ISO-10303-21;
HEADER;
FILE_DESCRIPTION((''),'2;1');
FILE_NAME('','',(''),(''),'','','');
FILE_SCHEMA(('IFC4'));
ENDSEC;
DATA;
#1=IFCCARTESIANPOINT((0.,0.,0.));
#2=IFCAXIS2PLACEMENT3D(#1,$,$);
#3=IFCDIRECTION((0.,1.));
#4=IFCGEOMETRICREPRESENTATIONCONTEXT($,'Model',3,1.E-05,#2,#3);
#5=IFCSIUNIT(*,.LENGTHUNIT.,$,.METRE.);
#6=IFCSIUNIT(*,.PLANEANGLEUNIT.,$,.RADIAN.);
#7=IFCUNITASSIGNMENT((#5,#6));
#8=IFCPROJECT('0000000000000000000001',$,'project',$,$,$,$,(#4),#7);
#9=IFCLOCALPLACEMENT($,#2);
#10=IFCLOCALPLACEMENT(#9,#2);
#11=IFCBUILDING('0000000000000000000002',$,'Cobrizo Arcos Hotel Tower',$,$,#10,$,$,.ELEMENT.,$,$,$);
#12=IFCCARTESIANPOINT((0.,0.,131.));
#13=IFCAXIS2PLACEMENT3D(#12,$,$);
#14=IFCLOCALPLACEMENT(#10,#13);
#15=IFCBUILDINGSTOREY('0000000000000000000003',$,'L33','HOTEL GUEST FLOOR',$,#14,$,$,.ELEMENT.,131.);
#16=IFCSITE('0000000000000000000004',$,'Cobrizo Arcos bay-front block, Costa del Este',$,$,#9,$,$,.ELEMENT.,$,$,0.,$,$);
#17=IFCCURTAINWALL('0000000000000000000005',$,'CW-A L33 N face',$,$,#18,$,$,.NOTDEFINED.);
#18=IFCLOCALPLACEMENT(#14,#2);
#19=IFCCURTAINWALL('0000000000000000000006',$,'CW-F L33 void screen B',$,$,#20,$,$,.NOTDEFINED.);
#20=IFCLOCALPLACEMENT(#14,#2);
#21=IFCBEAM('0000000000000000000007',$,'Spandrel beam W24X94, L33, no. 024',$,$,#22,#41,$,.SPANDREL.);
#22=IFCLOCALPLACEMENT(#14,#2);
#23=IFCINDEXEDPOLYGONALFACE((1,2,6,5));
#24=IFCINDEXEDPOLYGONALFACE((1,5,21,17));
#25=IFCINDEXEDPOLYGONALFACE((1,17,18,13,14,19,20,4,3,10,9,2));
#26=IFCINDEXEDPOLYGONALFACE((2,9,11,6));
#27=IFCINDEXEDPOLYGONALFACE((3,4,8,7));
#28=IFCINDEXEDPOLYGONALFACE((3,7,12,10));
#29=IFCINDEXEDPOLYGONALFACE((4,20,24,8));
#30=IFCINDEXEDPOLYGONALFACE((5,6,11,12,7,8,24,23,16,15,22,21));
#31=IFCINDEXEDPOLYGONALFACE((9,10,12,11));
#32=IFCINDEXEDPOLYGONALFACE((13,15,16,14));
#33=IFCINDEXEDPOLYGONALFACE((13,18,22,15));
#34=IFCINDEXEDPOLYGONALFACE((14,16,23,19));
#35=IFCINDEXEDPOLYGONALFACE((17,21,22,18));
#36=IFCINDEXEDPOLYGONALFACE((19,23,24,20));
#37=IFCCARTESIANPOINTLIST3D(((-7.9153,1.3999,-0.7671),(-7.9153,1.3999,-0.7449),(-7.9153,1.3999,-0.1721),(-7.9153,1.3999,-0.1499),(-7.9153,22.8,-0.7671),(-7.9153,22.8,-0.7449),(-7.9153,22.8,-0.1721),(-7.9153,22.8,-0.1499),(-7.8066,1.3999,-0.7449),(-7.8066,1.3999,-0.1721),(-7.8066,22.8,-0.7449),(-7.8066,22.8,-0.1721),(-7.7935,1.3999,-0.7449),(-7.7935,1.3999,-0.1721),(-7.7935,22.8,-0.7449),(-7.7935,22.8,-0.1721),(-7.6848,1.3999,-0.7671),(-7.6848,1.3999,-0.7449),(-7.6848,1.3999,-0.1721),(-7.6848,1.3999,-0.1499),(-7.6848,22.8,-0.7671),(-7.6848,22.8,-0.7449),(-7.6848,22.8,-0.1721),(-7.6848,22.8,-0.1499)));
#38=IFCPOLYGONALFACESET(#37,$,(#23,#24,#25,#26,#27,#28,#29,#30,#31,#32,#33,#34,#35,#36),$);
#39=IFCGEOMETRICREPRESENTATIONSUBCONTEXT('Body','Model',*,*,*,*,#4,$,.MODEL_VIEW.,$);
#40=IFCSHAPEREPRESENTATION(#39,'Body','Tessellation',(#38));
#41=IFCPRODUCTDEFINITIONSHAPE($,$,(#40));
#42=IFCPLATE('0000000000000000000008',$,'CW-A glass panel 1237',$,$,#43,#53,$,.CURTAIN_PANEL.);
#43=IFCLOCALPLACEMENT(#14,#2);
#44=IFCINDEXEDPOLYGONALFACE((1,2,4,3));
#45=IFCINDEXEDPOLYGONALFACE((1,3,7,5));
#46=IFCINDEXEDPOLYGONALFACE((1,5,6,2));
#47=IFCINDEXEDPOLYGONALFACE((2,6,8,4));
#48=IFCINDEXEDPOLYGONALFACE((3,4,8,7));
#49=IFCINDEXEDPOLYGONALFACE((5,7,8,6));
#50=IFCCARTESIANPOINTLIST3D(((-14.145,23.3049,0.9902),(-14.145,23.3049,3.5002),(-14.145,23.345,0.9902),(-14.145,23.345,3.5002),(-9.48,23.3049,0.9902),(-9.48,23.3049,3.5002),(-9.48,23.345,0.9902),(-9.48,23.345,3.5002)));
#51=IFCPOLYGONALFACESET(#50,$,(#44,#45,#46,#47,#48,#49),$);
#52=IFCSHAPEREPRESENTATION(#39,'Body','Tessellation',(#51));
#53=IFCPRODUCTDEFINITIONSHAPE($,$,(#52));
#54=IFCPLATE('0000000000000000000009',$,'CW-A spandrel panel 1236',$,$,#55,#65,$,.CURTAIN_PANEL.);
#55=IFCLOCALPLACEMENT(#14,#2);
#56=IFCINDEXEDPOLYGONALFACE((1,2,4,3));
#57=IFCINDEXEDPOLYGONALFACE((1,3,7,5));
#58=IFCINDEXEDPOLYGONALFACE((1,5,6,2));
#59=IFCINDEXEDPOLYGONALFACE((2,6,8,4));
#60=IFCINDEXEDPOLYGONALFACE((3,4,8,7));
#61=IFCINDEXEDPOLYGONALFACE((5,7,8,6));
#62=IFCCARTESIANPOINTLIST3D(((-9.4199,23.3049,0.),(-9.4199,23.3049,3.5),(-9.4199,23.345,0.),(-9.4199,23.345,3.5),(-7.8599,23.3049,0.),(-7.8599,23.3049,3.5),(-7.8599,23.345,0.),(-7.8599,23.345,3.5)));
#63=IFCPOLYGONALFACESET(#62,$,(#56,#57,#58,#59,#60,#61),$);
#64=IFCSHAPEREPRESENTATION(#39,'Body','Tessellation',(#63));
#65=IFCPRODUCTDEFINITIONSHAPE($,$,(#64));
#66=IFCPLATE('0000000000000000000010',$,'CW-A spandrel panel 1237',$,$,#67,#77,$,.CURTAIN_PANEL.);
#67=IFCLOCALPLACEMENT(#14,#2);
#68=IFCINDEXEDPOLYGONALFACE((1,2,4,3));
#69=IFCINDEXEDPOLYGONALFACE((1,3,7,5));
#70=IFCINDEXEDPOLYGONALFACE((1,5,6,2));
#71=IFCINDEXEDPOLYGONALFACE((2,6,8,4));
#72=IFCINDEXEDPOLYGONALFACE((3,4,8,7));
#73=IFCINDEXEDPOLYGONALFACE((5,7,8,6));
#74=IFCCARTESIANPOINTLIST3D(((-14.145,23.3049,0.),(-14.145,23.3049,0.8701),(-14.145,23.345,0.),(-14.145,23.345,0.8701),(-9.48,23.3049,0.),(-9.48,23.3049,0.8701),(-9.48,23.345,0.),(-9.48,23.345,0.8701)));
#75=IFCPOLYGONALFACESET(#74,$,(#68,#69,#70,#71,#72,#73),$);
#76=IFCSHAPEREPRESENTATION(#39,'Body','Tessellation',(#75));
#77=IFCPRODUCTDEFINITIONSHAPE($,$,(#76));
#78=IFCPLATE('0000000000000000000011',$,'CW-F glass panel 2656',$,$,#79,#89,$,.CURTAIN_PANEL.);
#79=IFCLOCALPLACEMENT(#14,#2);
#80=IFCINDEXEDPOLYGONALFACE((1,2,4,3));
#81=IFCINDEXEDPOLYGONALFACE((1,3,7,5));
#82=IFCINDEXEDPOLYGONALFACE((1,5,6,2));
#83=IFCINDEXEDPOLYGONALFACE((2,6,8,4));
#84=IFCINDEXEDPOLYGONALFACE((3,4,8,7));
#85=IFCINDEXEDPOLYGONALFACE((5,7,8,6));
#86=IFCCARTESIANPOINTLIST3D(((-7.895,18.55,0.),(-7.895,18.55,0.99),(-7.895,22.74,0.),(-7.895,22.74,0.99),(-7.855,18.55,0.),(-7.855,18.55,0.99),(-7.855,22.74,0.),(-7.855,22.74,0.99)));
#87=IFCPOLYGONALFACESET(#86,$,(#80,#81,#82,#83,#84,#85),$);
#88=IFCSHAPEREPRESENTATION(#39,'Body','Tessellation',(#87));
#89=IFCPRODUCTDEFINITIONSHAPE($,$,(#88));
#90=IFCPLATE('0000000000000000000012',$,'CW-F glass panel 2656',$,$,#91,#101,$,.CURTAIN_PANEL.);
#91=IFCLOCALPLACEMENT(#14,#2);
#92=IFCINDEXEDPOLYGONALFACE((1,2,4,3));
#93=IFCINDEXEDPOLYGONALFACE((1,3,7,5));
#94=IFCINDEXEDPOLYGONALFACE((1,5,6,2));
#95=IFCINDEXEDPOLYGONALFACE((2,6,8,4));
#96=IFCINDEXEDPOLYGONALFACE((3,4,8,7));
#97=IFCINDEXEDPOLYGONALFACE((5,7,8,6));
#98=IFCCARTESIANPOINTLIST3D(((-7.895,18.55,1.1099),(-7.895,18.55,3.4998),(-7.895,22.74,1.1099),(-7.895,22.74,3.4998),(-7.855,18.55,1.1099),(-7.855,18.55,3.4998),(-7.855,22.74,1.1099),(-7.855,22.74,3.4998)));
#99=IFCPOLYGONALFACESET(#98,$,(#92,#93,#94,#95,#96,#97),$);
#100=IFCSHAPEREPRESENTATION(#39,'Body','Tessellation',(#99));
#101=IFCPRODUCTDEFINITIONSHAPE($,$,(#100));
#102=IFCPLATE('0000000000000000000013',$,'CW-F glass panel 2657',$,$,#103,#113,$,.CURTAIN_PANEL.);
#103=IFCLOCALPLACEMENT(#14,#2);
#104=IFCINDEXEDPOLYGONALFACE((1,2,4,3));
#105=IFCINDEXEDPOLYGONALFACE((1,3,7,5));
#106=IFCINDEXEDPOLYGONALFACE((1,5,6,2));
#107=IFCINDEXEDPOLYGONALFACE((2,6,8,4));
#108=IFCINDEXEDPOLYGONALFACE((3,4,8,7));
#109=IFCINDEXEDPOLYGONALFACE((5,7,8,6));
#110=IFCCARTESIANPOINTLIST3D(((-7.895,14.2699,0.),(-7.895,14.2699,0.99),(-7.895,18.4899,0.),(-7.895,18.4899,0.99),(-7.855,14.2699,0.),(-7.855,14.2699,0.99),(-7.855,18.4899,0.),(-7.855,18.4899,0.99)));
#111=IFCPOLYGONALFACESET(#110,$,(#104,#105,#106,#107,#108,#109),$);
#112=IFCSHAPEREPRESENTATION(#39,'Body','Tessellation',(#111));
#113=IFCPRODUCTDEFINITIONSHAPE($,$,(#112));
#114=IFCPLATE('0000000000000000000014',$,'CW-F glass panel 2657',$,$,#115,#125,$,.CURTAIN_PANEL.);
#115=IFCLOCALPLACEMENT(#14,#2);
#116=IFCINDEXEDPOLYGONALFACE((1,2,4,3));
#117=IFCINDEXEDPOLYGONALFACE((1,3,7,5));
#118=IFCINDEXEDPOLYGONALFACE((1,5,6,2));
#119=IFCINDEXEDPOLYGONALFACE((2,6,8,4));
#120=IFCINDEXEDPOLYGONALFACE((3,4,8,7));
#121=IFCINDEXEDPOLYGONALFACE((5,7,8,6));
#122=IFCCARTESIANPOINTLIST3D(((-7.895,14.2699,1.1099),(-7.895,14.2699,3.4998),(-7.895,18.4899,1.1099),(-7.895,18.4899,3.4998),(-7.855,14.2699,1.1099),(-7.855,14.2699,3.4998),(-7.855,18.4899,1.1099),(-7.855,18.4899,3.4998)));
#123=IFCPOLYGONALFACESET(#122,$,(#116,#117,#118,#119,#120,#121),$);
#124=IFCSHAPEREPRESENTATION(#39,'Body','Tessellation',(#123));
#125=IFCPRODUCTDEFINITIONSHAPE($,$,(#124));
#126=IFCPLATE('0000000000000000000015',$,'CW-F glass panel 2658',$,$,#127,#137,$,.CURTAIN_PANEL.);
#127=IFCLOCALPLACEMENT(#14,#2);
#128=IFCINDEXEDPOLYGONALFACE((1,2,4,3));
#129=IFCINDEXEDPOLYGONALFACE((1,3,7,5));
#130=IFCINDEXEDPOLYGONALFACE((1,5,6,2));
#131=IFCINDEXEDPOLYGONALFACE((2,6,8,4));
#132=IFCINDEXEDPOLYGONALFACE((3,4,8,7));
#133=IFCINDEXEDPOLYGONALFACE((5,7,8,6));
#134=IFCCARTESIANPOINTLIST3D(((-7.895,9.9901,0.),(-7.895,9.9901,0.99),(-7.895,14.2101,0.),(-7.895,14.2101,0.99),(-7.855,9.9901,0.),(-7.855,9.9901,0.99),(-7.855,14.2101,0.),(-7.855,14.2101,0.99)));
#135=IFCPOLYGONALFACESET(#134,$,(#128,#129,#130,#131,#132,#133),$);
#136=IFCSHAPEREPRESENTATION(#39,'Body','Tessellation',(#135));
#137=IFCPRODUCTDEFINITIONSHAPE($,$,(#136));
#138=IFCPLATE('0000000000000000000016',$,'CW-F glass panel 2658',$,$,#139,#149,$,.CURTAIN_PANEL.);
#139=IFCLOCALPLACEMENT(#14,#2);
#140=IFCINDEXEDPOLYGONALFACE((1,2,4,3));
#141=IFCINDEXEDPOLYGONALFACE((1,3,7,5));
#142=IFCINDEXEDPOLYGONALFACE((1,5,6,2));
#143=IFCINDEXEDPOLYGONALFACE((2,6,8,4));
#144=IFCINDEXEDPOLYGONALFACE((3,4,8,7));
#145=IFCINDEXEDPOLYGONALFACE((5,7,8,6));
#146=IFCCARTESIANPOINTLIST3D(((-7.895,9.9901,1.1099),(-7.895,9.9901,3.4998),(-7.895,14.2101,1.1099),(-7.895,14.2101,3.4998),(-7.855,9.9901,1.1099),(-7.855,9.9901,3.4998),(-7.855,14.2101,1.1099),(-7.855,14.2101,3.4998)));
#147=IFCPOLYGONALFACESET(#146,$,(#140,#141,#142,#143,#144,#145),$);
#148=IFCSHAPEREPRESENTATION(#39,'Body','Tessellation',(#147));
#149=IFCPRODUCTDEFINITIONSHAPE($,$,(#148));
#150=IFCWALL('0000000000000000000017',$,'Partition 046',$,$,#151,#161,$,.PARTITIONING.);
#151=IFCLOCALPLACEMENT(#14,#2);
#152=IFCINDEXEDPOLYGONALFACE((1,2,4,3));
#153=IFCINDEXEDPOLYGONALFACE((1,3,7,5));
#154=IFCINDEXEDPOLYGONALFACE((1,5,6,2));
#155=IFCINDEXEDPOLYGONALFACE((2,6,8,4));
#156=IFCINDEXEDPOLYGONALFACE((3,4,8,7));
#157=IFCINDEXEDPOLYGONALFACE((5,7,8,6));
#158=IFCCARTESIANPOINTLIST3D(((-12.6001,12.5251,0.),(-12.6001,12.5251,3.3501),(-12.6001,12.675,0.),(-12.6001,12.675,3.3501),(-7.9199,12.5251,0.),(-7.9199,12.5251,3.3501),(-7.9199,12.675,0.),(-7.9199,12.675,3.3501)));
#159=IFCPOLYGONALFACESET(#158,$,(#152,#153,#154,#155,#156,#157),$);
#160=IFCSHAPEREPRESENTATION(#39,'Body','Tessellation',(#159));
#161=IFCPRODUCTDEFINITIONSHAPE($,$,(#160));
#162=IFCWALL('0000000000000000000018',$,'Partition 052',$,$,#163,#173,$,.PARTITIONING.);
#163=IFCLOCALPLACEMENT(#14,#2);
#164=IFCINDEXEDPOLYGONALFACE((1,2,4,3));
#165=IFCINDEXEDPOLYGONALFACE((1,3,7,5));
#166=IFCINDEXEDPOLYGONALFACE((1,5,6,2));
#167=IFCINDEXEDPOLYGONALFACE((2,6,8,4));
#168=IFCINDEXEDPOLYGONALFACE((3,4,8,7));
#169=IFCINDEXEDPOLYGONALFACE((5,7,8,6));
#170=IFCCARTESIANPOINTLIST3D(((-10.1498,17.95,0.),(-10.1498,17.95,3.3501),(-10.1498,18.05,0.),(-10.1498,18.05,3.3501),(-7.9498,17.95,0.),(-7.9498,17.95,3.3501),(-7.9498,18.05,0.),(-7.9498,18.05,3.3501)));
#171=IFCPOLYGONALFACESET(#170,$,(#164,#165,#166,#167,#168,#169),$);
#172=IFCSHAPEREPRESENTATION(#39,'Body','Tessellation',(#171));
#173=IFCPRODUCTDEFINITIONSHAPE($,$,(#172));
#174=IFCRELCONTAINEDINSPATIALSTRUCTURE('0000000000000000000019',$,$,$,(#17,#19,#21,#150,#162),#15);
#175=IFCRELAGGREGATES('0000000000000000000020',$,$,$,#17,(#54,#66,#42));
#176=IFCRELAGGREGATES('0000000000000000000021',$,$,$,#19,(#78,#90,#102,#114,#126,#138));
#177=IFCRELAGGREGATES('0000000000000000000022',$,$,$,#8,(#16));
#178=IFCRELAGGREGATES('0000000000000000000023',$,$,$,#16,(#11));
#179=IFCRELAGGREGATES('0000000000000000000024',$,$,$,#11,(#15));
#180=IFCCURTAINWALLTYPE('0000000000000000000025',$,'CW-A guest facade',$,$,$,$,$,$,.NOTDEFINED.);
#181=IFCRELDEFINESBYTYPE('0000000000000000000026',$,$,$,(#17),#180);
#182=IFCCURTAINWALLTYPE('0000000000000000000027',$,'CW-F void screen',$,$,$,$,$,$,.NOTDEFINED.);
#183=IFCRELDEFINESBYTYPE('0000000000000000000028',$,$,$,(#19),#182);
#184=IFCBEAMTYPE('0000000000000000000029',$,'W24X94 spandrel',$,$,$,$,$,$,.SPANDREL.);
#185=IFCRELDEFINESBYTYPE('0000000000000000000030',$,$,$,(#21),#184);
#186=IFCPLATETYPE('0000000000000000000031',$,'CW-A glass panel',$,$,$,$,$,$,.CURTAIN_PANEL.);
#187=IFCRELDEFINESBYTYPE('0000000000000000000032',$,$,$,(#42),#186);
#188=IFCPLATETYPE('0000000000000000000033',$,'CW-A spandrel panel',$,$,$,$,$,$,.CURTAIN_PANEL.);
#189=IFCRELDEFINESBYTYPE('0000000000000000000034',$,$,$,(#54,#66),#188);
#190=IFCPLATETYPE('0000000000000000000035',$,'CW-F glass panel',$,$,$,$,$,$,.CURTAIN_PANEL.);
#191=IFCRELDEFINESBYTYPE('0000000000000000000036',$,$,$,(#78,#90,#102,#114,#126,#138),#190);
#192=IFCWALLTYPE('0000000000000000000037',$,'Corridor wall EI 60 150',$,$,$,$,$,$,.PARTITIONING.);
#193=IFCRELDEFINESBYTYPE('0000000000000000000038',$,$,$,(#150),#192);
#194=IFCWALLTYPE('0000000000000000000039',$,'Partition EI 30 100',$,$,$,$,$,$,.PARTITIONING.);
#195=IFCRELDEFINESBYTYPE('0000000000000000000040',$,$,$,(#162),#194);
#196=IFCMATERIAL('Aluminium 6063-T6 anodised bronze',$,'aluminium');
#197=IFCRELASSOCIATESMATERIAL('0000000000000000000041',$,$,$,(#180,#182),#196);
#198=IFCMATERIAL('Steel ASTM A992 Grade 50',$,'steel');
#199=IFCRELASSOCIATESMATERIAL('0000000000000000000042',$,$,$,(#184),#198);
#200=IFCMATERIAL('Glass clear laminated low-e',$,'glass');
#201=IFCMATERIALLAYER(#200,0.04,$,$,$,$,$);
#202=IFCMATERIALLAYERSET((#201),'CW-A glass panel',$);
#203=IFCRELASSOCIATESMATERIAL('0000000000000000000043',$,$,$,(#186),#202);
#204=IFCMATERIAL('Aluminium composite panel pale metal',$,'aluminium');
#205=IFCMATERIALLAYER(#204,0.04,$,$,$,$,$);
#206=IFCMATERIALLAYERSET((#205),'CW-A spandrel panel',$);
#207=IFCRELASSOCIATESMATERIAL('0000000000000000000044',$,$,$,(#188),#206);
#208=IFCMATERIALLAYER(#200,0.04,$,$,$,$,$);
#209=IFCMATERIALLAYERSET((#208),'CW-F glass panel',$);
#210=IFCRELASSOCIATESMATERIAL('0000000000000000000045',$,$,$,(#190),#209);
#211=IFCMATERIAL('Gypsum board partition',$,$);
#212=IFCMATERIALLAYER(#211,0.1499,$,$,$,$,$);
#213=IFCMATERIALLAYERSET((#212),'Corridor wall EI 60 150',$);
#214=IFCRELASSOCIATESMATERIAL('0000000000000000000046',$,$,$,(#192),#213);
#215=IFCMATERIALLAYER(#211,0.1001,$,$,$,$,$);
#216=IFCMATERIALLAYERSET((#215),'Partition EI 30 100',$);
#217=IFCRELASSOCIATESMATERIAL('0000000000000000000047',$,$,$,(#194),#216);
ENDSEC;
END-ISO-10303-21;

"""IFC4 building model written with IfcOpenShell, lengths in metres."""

from ifc_helpers import new_model, si_unit, direction, frame, frame_2d, origin, origin_2d, place, context, subcontext, project, spatial, rectangle, i_section, extrude, material, layer, layer_set, material_profile, profile_set, type_object, element, aggregate, save


model = new_model("IFC4")

# Units and contexts
model_context = context("Model", 3, precision=1e-05, world=origin(), true_north=direction((0.0, 1.0)))
body_context = subcontext(model_context, "Body", "Model", "MODEL_VIEW")
ifc_project = project(units=[si_unit("LENGTHUNIT", "METRE"), si_unit("PLANEANGLEUNIT", "RADIAN")], contexts=[model_context])

# Site, building, storey
site_placement = place(None, origin())
site = spatial("IfcSite", under=ifc_project, at=site_placement, Name="Cobrizo Arcos bay-front block, Costa del Este", CompositionType="ELEMENT", RefElevation=0.0)
building_placement = place(site_placement, origin())
building = spatial("IfcBuilding", under=site, at=building_placement, Name="Cobrizo Arcos Hotel Tower", CompositionType="ELEMENT")
storey_placement = place(building_placement, frame((0.0, 0.0, 131.0)))
storey = spatial("IfcBuildingStorey", under=building, at=storey_placement, Name="L33", Description="HOTEL GUEST FLOOR", CompositionType="ELEMENT", Elevation=131.0)

# Curtain walls
ifc_material_1 = material(Name="Aluminium 6063-T6 anodised bronze", Category="aluminium")
curtain_wall_type_1 = type_object("IfcCurtainWallType", Name="CW-A guest facade", PredefinedType="NOTDEFINED", material=ifc_material_1)
curtain_wall_1_placement = place(storey_placement, origin())
curtain_wall_1 = element("IfcCurtainWall", 1, at=curtain_wall_1_placement, inside=storey, type_object=curtain_wall_type_1, Name="CW-A L33 N face", PredefinedType="NOTDEFINED")
curtain_wall_type_2 = type_object("IfcCurtainWallType", Name="CW-F void screen", PredefinedType="NOTDEFINED", material=ifc_material_1)
curtain_wall_2_placement = place(storey_placement, origin())
curtain_wall_2 = element("IfcCurtainWall", 2, at=curtain_wall_2_placement, inside=storey, type_object=curtain_wall_type_2, Name="CW-F L33 void screen B", PredefinedType="NOTDEFINED")

# Beam
ifc_material_2 = material(Name="Steel ASTM A992 Grade 50", Category="steel")
ifc_material_profile_1 = material_profile(ifc_material_2, i_section(OverallWidth=0.2305, OverallDepth=0.6172, WebThickness=0.0132, FlangeThickness=0.0222, at=origin_2d()), Name="W24X94")
ifc_profile_set_1 = profile_set([ifc_material_profile_1], Name="Steel ASTM A992 Grade 50")
beam_type = type_object("IfcBeamType", Name="W24X94 spandrel", PredefinedType="SPANDREL", material=ifc_profile_set_1)
beam_1_placement = place(storey_placement, frame((-7.8, 22.8, -0.4585), z_axis=(0.0, -1.0, 0.0), x_axis=(1.0, 0.0, 0.0)))
element("IfcBeam", 3, at=beam_1_placement, inside=storey, type_object=beam_type, Name="Spandrel beam W24X94, L33, no. 024", PredefinedType="SPANDREL", context=body_context, shape_type="SweptSolid", body=[
    extrude(i_section(OverallWidth=0.2305, OverallDepth=0.6172, WebThickness=0.0132, FlangeThickness=0.0222, at=origin_2d()), origin(), (0.0, 0.0, 1.0), 21.4001),
])

# Plates
ifc_material_3 = material(Name="Glass clear laminated low-e", Category="glass")
ifc_layer_1 = layer(ifc_material_3, 0.04)
ifc_layer_set_1 = layer_set([ifc_layer_1], Name="CW-A glass panel")
plate_type_1 = type_object("IfcPlateType", Name="CW-A glass panel", PredefinedType="CURTAIN_PANEL", material=ifc_layer_set_1)
plate_1_placement = place(storey_placement, frame((-11.8125, 23.325, 0.9902), z_axis=(0.0, 0.0, 1.0), x_axis=(-1.0, 0.0, 0.0)))
plate_1 = element("IfcPlate", 4, at=plate_1_placement, type_object=plate_type_1, Name="CW-A glass panel 1237", PredefinedType="CURTAIN_PANEL", context=body_context, shape_type="SweptSolid", body=[
    extrude(rectangle(XDim=4.665, YDim=0.04, at=origin_2d()), origin(), (0.0, 0.0, 1.0), 2.51),
])
ifc_material_4 = material(Name="Aluminium composite panel pale metal", Category="aluminium")
ifc_layer_2 = layer(ifc_material_4, 0.04)
ifc_layer_set_2 = layer_set([ifc_layer_2], Name="CW-A spandrel panel")
plate_type_2 = type_object("IfcPlateType", Name="CW-A spandrel panel", PredefinedType="CURTAIN_PANEL", material=ifc_layer_set_2)
plate_2_placement = place(storey_placement, frame((-8.6399, 23.325, 0.0), z_axis=(0.0, 0.0, 1.0), x_axis=(-1.0, 0.0, 0.0)))
plate_2 = element("IfcPlate", 5, at=plate_2_placement, type_object=plate_type_2, Name="CW-A spandrel panel 1236", PredefinedType="CURTAIN_PANEL", context=body_context, shape_type="SweptSolid", body=[
    extrude(rectangle(XDim=1.5601, YDim=0.04, at=origin_2d()), origin(), (0.0, 0.0, 1.0), 3.5),
])
plate_3_placement = place(storey_placement, frame((-11.8125, 23.325, 0.0), z_axis=(0.0, 0.0, 1.0), x_axis=(-1.0, 0.0, 0.0)))
plate_3 = element("IfcPlate", 6, at=plate_3_placement, type_object=plate_type_2, Name="CW-A spandrel panel 1237", PredefinedType="CURTAIN_PANEL", context=body_context, shape_type="SweptSolid", body=[
    extrude(rectangle(XDim=4.665, YDim=0.04, at=origin_2d()), origin(), (0.0, 0.0, 1.0), 0.8701),
])
aggregate(curtain_wall_1, [plate_2, plate_3, plate_1])
ifc_layer_3 = layer(ifc_material_3, 0.04)
ifc_layer_set_3 = layer_set([ifc_layer_3], Name="CW-F glass panel")
plate_type_3 = type_object("IfcPlateType", Name="CW-F glass panel", PredefinedType="CURTAIN_PANEL", material=ifc_layer_set_3)
plate_4_placement = place(storey_placement, frame((-7.875, 20.645, 0.0), z_axis=(0.0, 0.0, 1.0), x_axis=(0.0, -1.0, 0.0)))
plate_4 = element("IfcPlate", 7, at=plate_4_placement, type_object=plate_type_3, Name="CW-F glass panel 2656", PredefinedType="CURTAIN_PANEL", context=body_context, shape_type="SweptSolid", body=[
    extrude(rectangle(XDim=4.1899, YDim=0.04, at=origin_2d()), origin(), (0.0, 0.0, 1.0), 0.99),
])
plate_5_placement = place(storey_placement, frame((-7.875, 20.645, 1.1099), z_axis=(0.0, 0.0, 1.0), x_axis=(0.0, -1.0, 0.0)))
plate_5 = element("IfcPlate", 8, at=plate_5_placement, type_object=plate_type_3, Name="CW-F glass panel 2656", PredefinedType="CURTAIN_PANEL", context=body_context, shape_type="SweptSolid", body=[
    extrude(rectangle(XDim=4.1899, YDim=0.04, at=origin_2d()), origin(), (0.0, 0.0, 1.0), 2.3899),
])
plate_6_placement = place(storey_placement, frame((-7.875, 16.3799, 0.0), z_axis=(0.0, 0.0, 1.0), x_axis=(0.0, -1.0, 0.0)))
plate_6 = element("IfcPlate", 9, at=plate_6_placement, type_object=plate_type_3, Name="CW-F glass panel 2657", PredefinedType="CURTAIN_PANEL", context=body_context, shape_type="SweptSolid", body=[
    extrude(rectangle(XDim=4.22, YDim=0.04, at=origin_2d()), origin(), (0.0, 0.0, 1.0), 0.99),
])
plate_7_placement = place(storey_placement, frame((-7.875, 16.3799, 1.1099), z_axis=(0.0, 0.0, 1.0), x_axis=(0.0, -1.0, 0.0)))
plate_7 = element("IfcPlate", 10, at=plate_7_placement, type_object=plate_type_3, Name="CW-F glass panel 2657", PredefinedType="CURTAIN_PANEL", context=body_context, shape_type="SweptSolid", body=[
    extrude(rectangle(XDim=4.22, YDim=0.04, at=origin_2d()), origin(), (0.0, 0.0, 1.0), 2.3899),
])
plate_8_placement = place(storey_placement, frame((-7.875, 12.1001, 0.0), z_axis=(0.0, 0.0, 1.0), x_axis=(0.0, -1.0, 0.0)))
plate_8 = element("IfcPlate", 11, at=plate_8_placement, type_object=plate_type_3, Name="CW-F glass panel 2658", PredefinedType="CURTAIN_PANEL", context=body_context, shape_type="SweptSolid", body=[
    extrude(rectangle(XDim=4.22, YDim=0.04, at=origin_2d()), origin(), (0.0, 0.0, 1.0), 0.99),
])
plate_9_placement = place(storey_placement, frame((-7.875, 12.1001, 1.1099), z_axis=(0.0, 0.0, 1.0), x_axis=(0.0, -1.0, 0.0)))
plate_9 = element("IfcPlate", 12, at=plate_9_placement, type_object=plate_type_3, Name="CW-F glass panel 2658", PredefinedType="CURTAIN_PANEL", context=body_context, shape_type="SweptSolid", body=[
    extrude(rectangle(XDim=4.22, YDim=0.04, at=origin_2d()), origin(), (0.0, 0.0, 1.0), 2.3899),
])
aggregate(curtain_wall_2, [plate_4, plate_5, plate_6, plate_7, plate_8, plate_9])

# Walls
ifc_material_5 = material(Name="Gypsum board partition")
ifc_layer_4 = layer(ifc_material_5, 0.1499)
ifc_layer_set_4 = layer_set([ifc_layer_4], Name="Corridor wall EI 60 150")
wall_type_1 = type_object("IfcWallType", Name="Corridor wall EI 60 150", PredefinedType="PARTITIONING", material=ifc_layer_set_4)
wall_1_placement = place(storey_placement, frame((-12.6001, 12.6001, 0.0), z_axis=(0.0, 0.0, 1.0), x_axis=(1.0, 0.0, 0.0)))
element("IfcWall", 13, at=wall_1_placement, inside=storey, type_object=wall_type_1, Name="Partition 046", PredefinedType="PARTITIONING", context=body_context, shape_type="SweptSolid", body=[
    extrude(rectangle(XDim=4.6802, YDim=0.1499, at=frame_2d((2.3401, 0.0))), origin(), (0.0, 0.0, 1.0), 3.3501),
])
ifc_layer_5 = layer(ifc_material_5, 0.1001)
ifc_layer_set_5 = layer_set([ifc_layer_5], Name="Partition EI 30 100")
wall_type_2 = type_object("IfcWallType", Name="Partition EI 30 100", PredefinedType="PARTITIONING", material=ifc_layer_set_5)
wall_2_placement = place(storey_placement, frame((-10.1499, 18.0, 0.0), z_axis=(0.0, 0.0, 1.0), x_axis=(1.0, 0.0, 0.0)))
element("IfcWall", 14, at=wall_2_placement, inside=storey, type_object=wall_type_2, Name="Partition 052", PredefinedType="PARTITIONING", context=body_context, shape_type="SweptSolid", body=[
    extrude(rectangle(XDim=2.2, YDim=0.1001, at=frame_2d((1.1001, 0.0))), origin(), (0.0, 0.0, 1.0), 3.3501),
])

save(model, "model.ifc")
